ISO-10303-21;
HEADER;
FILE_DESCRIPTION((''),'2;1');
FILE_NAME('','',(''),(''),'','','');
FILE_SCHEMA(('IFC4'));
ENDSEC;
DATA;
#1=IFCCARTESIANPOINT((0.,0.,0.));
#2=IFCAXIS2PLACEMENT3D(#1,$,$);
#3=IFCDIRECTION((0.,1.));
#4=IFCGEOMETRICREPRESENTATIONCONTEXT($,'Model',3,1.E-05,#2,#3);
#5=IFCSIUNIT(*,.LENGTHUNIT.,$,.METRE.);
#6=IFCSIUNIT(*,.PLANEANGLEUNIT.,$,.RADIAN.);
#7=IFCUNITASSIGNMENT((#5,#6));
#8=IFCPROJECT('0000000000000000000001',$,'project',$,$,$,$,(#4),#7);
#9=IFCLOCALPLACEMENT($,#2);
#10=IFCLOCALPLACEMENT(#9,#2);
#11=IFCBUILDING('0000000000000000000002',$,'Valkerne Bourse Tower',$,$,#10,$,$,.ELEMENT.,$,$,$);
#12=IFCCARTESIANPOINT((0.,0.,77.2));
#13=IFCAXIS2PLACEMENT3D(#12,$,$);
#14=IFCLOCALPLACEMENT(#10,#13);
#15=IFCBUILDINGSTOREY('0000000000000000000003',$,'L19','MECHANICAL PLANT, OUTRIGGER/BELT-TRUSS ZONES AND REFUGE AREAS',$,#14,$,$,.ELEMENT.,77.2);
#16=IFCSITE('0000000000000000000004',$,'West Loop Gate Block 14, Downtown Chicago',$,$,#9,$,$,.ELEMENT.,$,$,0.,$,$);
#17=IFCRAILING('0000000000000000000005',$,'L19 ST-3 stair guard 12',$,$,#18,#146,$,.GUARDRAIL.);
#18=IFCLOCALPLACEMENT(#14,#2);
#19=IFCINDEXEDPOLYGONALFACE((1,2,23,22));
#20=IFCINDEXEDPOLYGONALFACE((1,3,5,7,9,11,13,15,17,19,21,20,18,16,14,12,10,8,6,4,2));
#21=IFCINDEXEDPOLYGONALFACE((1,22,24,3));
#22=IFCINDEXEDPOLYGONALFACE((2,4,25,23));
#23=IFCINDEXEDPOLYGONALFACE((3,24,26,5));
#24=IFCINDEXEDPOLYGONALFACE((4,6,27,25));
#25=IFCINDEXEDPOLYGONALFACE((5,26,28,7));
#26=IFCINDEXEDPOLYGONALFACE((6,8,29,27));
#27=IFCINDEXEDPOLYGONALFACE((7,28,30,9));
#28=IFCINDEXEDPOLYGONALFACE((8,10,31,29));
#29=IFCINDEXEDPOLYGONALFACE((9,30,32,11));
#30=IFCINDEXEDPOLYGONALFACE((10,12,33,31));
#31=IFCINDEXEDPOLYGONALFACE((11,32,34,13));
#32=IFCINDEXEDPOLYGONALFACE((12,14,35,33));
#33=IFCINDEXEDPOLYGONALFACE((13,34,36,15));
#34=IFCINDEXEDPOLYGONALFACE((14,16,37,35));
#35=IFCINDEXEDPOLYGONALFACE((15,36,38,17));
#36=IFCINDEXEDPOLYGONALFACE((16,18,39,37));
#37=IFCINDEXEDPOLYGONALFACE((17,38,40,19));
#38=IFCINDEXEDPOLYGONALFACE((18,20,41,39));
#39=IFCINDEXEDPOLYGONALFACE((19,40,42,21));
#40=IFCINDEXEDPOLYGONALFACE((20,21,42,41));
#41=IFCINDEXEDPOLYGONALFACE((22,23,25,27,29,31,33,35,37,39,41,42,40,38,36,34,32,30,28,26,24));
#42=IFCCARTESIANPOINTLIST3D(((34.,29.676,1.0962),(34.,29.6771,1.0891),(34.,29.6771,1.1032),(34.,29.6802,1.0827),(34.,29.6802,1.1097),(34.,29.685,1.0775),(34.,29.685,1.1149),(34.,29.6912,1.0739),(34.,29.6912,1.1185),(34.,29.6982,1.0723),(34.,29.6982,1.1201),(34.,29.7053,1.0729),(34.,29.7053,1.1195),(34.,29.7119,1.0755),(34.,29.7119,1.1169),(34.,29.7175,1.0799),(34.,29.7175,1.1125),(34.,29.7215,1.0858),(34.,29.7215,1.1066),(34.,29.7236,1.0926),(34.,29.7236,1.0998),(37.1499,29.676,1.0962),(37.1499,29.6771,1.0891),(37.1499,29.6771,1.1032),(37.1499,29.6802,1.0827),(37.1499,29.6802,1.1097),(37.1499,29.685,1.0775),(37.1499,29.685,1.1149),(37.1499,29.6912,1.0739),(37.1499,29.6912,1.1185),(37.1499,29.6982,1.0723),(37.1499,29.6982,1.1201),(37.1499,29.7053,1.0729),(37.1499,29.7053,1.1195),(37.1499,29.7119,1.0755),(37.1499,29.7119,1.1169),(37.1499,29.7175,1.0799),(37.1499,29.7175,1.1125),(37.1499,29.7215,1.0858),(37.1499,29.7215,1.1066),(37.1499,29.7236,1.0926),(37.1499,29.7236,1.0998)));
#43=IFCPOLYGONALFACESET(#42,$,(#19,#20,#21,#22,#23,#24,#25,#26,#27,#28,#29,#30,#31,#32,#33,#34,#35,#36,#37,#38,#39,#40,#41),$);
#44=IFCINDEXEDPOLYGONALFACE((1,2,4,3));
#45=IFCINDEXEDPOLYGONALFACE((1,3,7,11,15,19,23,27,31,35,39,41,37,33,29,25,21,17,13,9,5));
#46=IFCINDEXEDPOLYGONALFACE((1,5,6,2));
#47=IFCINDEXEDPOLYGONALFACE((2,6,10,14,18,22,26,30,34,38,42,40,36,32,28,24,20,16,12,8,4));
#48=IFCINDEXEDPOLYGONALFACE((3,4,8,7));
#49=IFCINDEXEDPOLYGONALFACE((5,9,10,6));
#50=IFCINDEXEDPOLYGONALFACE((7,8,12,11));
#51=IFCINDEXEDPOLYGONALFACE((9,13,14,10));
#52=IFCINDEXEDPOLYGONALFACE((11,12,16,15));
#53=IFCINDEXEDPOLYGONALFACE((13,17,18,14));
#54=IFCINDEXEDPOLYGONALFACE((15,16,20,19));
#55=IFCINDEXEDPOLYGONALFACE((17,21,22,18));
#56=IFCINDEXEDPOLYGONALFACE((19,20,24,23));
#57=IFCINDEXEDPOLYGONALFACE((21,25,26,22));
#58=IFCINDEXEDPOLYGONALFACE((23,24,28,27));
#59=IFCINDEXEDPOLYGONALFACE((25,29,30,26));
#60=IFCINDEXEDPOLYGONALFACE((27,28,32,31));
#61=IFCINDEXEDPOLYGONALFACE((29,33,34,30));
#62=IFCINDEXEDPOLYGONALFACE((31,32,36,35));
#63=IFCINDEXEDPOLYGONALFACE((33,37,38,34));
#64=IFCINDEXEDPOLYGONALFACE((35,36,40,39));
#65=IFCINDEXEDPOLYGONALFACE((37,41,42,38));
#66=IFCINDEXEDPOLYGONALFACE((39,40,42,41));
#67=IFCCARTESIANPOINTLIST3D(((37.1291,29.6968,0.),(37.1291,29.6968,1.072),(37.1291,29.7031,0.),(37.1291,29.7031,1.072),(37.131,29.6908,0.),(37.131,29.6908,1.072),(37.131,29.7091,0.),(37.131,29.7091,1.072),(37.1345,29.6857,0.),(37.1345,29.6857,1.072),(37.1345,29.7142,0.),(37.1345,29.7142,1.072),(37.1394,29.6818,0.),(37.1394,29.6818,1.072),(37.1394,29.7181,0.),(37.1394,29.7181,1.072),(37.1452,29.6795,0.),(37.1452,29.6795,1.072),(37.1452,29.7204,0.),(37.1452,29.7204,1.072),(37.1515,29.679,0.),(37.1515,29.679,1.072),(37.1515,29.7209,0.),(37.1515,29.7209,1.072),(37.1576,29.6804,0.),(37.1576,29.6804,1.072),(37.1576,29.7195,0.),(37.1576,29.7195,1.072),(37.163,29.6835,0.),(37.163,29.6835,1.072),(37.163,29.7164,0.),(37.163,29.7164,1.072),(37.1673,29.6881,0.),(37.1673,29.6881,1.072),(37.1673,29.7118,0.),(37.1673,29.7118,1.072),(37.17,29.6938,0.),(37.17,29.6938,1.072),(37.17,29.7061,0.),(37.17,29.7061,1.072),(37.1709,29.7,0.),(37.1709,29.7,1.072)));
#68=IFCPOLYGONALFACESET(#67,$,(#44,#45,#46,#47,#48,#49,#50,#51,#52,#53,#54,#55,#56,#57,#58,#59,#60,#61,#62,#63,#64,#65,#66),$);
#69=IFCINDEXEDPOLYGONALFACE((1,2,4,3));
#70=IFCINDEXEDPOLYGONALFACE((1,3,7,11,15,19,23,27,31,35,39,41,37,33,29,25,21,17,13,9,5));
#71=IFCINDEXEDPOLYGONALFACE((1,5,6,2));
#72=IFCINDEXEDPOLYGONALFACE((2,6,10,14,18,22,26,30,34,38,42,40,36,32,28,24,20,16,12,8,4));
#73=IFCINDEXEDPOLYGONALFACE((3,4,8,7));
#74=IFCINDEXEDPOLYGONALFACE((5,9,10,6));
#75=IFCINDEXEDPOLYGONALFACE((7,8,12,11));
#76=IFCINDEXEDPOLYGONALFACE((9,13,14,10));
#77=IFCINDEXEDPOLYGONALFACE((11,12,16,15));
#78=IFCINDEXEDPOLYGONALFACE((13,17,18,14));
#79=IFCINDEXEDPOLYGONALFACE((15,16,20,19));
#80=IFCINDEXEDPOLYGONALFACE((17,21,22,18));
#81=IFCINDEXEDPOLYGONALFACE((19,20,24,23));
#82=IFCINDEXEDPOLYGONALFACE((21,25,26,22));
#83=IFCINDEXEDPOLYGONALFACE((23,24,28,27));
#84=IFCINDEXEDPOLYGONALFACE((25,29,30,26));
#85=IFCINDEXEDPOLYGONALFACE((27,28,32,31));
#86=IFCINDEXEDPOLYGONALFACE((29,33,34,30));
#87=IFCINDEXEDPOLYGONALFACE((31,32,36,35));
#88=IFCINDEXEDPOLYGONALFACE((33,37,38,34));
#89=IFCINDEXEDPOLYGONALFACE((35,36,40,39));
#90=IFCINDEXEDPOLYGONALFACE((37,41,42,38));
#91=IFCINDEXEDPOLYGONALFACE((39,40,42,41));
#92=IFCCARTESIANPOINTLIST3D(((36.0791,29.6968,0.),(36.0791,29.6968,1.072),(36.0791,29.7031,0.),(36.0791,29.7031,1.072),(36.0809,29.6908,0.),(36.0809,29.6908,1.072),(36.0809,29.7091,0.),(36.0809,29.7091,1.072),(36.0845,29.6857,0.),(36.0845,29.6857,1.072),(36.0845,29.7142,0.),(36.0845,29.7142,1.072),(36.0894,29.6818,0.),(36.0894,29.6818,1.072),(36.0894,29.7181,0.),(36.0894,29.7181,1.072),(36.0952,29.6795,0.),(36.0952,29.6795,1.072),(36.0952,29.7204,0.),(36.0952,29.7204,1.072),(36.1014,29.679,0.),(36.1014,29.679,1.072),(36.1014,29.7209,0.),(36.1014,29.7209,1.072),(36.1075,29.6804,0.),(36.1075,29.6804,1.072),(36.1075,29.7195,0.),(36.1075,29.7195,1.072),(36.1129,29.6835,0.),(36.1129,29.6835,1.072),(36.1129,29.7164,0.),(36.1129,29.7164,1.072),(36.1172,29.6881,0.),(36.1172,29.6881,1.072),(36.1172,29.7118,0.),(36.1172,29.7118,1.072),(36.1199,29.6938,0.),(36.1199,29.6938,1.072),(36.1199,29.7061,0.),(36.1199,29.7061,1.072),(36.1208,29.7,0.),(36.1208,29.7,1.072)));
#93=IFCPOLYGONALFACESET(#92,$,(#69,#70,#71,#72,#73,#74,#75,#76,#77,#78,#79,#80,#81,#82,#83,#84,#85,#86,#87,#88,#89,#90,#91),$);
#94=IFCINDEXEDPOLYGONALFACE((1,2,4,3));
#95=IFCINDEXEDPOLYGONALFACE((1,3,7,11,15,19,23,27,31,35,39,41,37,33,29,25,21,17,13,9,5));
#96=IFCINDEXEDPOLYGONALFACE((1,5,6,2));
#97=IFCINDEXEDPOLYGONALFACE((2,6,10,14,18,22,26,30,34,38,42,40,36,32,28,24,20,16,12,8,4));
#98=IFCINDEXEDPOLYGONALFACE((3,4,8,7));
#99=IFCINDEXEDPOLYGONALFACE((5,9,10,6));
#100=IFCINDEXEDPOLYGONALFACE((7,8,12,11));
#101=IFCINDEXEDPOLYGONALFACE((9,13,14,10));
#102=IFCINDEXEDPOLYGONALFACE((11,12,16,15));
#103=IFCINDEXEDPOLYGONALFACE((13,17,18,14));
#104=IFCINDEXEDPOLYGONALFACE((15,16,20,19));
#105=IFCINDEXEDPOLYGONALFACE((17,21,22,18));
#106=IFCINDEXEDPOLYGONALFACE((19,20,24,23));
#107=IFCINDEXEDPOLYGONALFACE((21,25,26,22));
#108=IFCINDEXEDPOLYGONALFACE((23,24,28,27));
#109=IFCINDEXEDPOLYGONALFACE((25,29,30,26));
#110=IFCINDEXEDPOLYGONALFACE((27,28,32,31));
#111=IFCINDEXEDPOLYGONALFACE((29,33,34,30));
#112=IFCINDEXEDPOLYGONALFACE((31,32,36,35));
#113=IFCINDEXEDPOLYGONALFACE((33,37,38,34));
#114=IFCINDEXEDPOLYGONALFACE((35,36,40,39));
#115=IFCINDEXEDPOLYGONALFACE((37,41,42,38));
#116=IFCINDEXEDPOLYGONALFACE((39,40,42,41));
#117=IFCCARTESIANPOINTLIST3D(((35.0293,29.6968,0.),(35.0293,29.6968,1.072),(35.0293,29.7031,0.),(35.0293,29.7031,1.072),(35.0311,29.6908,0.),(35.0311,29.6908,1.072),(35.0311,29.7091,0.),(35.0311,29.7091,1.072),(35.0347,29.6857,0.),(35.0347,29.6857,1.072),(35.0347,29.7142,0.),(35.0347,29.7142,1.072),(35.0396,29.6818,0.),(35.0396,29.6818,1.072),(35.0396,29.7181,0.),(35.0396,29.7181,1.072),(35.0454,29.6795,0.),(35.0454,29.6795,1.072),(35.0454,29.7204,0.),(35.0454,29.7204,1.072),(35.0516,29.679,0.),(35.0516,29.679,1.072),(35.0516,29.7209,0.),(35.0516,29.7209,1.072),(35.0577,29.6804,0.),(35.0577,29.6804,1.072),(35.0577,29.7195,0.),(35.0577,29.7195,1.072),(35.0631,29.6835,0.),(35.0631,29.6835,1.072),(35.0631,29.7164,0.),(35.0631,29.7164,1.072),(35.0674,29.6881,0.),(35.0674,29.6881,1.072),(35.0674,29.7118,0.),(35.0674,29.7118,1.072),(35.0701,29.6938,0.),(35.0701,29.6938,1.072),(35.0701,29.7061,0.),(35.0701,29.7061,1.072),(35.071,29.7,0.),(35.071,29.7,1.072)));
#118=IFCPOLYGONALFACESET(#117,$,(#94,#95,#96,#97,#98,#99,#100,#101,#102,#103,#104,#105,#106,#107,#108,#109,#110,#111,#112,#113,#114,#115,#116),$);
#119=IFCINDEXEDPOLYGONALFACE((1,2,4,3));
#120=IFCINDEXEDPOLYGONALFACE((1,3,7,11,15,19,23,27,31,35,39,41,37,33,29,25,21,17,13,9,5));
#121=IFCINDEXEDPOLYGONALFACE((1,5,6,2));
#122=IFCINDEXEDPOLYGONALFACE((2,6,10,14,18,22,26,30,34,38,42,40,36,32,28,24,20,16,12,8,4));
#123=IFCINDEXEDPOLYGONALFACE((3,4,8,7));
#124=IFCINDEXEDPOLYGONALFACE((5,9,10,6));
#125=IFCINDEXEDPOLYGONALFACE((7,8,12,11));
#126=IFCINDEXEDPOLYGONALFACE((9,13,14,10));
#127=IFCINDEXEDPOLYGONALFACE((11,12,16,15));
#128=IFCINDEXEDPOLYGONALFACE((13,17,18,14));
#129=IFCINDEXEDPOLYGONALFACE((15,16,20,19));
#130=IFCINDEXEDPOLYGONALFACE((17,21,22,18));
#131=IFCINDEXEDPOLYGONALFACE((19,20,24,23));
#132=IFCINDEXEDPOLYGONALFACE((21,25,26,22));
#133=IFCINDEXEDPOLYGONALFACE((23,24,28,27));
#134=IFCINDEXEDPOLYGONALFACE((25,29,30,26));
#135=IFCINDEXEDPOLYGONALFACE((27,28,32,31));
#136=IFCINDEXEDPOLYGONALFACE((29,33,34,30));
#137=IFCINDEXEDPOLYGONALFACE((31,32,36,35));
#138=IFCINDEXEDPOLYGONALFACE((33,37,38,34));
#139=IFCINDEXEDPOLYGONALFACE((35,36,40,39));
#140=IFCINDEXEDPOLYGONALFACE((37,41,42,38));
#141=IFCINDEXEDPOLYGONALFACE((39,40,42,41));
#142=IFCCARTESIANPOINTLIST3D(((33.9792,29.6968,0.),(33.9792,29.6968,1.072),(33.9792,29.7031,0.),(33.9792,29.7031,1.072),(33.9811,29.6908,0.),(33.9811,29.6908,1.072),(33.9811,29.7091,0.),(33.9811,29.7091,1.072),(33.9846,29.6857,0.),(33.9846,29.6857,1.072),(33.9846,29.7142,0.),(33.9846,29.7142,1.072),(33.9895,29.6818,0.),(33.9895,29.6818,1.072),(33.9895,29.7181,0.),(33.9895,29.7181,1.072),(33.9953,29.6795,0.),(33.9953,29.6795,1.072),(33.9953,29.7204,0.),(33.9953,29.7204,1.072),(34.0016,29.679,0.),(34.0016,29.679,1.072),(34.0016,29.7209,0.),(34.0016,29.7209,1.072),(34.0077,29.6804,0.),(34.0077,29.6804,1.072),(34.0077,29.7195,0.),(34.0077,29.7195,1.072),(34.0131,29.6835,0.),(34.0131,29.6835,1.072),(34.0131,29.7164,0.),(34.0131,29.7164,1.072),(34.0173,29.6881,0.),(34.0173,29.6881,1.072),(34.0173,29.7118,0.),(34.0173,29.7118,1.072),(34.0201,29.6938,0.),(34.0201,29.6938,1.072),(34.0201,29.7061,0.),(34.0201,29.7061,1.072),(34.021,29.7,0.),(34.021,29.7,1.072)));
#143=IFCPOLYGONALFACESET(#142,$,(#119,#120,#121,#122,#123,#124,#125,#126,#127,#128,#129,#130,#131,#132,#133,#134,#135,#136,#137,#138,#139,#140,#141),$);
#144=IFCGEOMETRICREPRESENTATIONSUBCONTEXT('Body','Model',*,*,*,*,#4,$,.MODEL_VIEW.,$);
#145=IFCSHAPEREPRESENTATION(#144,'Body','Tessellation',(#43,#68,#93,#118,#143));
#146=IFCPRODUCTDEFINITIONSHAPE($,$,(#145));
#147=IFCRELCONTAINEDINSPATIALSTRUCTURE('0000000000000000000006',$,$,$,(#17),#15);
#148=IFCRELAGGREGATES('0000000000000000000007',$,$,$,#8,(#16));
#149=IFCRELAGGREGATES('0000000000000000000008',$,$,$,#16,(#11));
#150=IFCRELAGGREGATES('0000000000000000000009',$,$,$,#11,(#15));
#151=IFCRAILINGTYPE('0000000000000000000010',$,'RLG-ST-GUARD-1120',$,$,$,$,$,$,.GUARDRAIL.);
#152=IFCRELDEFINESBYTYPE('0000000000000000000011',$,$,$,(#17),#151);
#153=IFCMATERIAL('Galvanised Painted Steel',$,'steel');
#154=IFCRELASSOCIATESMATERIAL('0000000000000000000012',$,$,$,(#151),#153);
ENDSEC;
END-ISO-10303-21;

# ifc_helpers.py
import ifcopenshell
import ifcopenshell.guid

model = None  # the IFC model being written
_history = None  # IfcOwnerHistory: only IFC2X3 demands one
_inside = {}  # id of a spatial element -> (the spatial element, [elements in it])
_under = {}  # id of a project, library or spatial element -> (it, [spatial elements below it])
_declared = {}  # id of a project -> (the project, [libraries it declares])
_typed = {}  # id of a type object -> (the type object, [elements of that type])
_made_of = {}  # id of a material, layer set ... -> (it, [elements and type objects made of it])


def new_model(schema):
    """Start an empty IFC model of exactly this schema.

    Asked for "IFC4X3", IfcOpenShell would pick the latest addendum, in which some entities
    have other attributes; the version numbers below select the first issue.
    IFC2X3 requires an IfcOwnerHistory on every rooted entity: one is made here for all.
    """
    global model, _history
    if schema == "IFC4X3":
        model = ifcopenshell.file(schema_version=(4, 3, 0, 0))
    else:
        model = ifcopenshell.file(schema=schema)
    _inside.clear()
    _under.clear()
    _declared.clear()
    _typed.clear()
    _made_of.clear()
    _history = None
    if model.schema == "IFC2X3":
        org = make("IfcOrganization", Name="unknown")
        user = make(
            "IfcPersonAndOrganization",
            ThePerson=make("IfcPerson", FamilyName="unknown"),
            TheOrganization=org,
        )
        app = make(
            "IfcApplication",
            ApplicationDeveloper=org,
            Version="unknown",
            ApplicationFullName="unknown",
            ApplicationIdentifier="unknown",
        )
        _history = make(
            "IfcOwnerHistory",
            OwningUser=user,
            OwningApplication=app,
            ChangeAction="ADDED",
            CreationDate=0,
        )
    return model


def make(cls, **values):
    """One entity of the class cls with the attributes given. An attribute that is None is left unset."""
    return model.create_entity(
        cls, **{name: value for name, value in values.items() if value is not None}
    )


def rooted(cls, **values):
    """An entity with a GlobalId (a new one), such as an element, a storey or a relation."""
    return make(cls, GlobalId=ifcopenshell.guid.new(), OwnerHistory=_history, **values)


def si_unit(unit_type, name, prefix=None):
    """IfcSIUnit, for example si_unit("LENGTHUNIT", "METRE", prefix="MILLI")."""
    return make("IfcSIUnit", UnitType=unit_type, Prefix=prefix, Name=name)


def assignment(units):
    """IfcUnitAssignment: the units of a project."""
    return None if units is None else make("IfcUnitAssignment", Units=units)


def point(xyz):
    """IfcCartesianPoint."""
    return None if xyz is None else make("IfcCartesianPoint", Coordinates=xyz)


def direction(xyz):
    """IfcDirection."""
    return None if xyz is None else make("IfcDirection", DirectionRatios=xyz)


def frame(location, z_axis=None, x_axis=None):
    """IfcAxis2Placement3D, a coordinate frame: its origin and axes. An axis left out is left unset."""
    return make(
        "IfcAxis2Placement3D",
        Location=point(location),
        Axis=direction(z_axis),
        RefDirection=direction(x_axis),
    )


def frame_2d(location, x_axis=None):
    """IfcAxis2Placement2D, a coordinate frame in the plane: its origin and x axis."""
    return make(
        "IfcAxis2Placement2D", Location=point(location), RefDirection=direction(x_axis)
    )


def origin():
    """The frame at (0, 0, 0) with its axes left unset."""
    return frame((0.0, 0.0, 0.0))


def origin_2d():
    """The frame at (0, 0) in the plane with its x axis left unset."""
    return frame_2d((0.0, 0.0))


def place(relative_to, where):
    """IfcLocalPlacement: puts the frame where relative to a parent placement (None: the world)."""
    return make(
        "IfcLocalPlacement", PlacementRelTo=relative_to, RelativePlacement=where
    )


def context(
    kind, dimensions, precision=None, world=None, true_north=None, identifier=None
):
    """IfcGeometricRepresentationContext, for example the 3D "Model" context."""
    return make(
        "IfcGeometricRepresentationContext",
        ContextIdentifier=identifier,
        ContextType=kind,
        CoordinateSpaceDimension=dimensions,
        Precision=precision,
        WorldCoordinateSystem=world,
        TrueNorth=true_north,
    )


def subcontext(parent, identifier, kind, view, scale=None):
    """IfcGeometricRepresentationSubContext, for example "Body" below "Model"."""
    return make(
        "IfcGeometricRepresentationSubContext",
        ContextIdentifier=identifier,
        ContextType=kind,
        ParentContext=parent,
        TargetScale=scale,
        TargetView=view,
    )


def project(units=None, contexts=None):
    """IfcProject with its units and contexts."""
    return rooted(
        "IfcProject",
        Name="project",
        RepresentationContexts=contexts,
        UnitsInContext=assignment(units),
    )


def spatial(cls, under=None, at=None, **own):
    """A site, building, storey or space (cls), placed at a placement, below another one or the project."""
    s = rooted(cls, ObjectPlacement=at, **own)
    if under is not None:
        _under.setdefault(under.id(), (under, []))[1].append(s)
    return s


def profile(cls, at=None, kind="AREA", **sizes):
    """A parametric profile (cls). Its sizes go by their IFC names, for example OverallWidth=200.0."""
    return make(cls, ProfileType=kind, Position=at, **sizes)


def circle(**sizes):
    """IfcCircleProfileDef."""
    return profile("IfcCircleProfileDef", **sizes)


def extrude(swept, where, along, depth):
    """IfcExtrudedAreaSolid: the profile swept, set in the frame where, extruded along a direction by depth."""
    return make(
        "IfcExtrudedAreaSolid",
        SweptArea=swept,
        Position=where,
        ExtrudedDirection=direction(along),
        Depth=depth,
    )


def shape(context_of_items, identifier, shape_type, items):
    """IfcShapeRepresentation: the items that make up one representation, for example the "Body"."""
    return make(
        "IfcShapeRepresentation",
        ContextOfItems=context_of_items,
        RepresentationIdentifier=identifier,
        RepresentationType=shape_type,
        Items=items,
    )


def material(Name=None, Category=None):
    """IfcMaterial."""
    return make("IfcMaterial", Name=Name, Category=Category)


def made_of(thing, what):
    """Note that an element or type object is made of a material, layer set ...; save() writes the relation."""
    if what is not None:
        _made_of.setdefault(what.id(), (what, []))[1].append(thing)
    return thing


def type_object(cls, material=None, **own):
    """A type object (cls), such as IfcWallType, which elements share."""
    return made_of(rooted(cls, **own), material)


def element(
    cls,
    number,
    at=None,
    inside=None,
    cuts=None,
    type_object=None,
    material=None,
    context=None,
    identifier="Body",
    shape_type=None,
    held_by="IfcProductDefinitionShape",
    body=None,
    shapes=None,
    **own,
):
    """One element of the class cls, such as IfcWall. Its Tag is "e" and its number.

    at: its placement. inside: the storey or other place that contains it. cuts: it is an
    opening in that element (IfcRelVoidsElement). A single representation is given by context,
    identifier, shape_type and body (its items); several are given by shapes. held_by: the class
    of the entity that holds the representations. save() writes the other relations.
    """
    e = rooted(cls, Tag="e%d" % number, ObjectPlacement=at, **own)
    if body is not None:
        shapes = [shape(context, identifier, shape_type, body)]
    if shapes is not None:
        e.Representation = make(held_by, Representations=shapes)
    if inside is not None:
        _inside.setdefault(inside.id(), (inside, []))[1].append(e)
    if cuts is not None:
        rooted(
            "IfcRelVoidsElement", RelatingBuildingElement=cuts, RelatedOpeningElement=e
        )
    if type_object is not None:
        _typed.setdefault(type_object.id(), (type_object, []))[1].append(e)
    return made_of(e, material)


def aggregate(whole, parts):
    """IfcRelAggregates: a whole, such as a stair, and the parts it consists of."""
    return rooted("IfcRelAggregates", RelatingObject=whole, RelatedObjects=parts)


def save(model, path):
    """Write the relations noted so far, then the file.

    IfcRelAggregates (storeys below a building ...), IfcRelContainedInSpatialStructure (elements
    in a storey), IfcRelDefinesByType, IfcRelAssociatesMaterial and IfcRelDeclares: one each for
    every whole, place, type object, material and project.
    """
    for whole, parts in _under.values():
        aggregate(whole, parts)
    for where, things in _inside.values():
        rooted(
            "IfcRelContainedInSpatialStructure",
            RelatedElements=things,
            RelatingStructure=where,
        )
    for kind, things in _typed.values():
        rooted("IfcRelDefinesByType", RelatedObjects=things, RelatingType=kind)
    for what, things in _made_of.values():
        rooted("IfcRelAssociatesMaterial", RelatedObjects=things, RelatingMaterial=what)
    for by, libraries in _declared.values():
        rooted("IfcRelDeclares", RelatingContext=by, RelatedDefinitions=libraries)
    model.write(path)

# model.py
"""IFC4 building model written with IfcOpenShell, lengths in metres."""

from ifc_helpers import new_model, si_unit, direction, frame, origin, origin_2d, place, context, subcontext, project, spatial, circle, extrude, material, type_object, element, save


model = new_model("IFC4")

# Units and contexts
model_context = context("Model", 3, precision=1e-05, world=origin(), true_north=direction((0.0, 1.0)))
body_context = subcontext(model_context, "Body", "Model", "MODEL_VIEW")
ifc_project = project(units=[si_unit("LENGTHUNIT", "METRE"), si_unit("PLANEANGLEUNIT", "RADIAN")], contexts=[model_context])

# Site, building, storey
site_placement = place(None, origin())
site = spatial("IfcSite", under=ifc_project, at=site_placement, Name="West Loop Gate Block 14, Downtown Chicago", CompositionType="ELEMENT", RefElevation=0.0)
building_placement = place(site_placement, origin())
building = spatial("IfcBuilding", under=site, at=building_placement, Name="Valkerne Bourse Tower", CompositionType="ELEMENT")
storey_placement = place(building_placement, frame((0.0, 0.0, 77.2)))
storey = spatial("IfcBuildingStorey", under=building, at=storey_placement, Name="L19", Description="MECHANICAL PLANT, OUTRIGGER/BELT-TRUSS ZONES AND REFUGE AREAS", CompositionType="ELEMENT", Elevation=77.2)

# Shared definitions
ifc_material_1 = material(Name="Galvanised Painted Steel", Category="steel")

# Railing
railing_type_1 = type_object("IfcRailingType", Name="RLG-ST-GUARD-1120", PredefinedType="GUARDRAIL", material=ifc_material_1)
railing_1_placement = place(storey_placement, frame((37.1499, 29.7, 0.0)))
element("IfcRailing", 1, at=railing_1_placement, inside=storey, type_object=railing_type_1, Name="L19 ST-3 stair guard 12", PredefinedType="GUARDRAIL", context=body_context, shape_type="SweptSolid", body=[
    extrude(circle(Radius=0.0239, at=origin_2d()), frame((0.0, 0.0, 1.0962), z_axis=(-1.0, 0.0, 0.0), x_axis=(0.0, -1.0, 0.0)), (0.0, 0.0, 1.0), 3.1499),
    extrude(circle(Radius=0.021, at=origin_2d()), origin(), (0.0, 0.0, 1.0), 1.072),
    extrude(circle(Radius=0.021, at=origin_2d()), frame((-1.05, 0.0, 0.0)), (0.0, 0.0, 1.0), 1.072),
    extrude(circle(Radius=0.021, at=origin_2d()), frame((-2.0999, 0.0, 0.0)), (0.0, 0.0, 1.0), 1.072),
    extrude(circle(Radius=0.021, at=origin_2d()), frame((-3.1499, 0.0, 0.0)), (0.0, 0.0, 1.0), 1.072),
])

save(model, "model.ifc")
